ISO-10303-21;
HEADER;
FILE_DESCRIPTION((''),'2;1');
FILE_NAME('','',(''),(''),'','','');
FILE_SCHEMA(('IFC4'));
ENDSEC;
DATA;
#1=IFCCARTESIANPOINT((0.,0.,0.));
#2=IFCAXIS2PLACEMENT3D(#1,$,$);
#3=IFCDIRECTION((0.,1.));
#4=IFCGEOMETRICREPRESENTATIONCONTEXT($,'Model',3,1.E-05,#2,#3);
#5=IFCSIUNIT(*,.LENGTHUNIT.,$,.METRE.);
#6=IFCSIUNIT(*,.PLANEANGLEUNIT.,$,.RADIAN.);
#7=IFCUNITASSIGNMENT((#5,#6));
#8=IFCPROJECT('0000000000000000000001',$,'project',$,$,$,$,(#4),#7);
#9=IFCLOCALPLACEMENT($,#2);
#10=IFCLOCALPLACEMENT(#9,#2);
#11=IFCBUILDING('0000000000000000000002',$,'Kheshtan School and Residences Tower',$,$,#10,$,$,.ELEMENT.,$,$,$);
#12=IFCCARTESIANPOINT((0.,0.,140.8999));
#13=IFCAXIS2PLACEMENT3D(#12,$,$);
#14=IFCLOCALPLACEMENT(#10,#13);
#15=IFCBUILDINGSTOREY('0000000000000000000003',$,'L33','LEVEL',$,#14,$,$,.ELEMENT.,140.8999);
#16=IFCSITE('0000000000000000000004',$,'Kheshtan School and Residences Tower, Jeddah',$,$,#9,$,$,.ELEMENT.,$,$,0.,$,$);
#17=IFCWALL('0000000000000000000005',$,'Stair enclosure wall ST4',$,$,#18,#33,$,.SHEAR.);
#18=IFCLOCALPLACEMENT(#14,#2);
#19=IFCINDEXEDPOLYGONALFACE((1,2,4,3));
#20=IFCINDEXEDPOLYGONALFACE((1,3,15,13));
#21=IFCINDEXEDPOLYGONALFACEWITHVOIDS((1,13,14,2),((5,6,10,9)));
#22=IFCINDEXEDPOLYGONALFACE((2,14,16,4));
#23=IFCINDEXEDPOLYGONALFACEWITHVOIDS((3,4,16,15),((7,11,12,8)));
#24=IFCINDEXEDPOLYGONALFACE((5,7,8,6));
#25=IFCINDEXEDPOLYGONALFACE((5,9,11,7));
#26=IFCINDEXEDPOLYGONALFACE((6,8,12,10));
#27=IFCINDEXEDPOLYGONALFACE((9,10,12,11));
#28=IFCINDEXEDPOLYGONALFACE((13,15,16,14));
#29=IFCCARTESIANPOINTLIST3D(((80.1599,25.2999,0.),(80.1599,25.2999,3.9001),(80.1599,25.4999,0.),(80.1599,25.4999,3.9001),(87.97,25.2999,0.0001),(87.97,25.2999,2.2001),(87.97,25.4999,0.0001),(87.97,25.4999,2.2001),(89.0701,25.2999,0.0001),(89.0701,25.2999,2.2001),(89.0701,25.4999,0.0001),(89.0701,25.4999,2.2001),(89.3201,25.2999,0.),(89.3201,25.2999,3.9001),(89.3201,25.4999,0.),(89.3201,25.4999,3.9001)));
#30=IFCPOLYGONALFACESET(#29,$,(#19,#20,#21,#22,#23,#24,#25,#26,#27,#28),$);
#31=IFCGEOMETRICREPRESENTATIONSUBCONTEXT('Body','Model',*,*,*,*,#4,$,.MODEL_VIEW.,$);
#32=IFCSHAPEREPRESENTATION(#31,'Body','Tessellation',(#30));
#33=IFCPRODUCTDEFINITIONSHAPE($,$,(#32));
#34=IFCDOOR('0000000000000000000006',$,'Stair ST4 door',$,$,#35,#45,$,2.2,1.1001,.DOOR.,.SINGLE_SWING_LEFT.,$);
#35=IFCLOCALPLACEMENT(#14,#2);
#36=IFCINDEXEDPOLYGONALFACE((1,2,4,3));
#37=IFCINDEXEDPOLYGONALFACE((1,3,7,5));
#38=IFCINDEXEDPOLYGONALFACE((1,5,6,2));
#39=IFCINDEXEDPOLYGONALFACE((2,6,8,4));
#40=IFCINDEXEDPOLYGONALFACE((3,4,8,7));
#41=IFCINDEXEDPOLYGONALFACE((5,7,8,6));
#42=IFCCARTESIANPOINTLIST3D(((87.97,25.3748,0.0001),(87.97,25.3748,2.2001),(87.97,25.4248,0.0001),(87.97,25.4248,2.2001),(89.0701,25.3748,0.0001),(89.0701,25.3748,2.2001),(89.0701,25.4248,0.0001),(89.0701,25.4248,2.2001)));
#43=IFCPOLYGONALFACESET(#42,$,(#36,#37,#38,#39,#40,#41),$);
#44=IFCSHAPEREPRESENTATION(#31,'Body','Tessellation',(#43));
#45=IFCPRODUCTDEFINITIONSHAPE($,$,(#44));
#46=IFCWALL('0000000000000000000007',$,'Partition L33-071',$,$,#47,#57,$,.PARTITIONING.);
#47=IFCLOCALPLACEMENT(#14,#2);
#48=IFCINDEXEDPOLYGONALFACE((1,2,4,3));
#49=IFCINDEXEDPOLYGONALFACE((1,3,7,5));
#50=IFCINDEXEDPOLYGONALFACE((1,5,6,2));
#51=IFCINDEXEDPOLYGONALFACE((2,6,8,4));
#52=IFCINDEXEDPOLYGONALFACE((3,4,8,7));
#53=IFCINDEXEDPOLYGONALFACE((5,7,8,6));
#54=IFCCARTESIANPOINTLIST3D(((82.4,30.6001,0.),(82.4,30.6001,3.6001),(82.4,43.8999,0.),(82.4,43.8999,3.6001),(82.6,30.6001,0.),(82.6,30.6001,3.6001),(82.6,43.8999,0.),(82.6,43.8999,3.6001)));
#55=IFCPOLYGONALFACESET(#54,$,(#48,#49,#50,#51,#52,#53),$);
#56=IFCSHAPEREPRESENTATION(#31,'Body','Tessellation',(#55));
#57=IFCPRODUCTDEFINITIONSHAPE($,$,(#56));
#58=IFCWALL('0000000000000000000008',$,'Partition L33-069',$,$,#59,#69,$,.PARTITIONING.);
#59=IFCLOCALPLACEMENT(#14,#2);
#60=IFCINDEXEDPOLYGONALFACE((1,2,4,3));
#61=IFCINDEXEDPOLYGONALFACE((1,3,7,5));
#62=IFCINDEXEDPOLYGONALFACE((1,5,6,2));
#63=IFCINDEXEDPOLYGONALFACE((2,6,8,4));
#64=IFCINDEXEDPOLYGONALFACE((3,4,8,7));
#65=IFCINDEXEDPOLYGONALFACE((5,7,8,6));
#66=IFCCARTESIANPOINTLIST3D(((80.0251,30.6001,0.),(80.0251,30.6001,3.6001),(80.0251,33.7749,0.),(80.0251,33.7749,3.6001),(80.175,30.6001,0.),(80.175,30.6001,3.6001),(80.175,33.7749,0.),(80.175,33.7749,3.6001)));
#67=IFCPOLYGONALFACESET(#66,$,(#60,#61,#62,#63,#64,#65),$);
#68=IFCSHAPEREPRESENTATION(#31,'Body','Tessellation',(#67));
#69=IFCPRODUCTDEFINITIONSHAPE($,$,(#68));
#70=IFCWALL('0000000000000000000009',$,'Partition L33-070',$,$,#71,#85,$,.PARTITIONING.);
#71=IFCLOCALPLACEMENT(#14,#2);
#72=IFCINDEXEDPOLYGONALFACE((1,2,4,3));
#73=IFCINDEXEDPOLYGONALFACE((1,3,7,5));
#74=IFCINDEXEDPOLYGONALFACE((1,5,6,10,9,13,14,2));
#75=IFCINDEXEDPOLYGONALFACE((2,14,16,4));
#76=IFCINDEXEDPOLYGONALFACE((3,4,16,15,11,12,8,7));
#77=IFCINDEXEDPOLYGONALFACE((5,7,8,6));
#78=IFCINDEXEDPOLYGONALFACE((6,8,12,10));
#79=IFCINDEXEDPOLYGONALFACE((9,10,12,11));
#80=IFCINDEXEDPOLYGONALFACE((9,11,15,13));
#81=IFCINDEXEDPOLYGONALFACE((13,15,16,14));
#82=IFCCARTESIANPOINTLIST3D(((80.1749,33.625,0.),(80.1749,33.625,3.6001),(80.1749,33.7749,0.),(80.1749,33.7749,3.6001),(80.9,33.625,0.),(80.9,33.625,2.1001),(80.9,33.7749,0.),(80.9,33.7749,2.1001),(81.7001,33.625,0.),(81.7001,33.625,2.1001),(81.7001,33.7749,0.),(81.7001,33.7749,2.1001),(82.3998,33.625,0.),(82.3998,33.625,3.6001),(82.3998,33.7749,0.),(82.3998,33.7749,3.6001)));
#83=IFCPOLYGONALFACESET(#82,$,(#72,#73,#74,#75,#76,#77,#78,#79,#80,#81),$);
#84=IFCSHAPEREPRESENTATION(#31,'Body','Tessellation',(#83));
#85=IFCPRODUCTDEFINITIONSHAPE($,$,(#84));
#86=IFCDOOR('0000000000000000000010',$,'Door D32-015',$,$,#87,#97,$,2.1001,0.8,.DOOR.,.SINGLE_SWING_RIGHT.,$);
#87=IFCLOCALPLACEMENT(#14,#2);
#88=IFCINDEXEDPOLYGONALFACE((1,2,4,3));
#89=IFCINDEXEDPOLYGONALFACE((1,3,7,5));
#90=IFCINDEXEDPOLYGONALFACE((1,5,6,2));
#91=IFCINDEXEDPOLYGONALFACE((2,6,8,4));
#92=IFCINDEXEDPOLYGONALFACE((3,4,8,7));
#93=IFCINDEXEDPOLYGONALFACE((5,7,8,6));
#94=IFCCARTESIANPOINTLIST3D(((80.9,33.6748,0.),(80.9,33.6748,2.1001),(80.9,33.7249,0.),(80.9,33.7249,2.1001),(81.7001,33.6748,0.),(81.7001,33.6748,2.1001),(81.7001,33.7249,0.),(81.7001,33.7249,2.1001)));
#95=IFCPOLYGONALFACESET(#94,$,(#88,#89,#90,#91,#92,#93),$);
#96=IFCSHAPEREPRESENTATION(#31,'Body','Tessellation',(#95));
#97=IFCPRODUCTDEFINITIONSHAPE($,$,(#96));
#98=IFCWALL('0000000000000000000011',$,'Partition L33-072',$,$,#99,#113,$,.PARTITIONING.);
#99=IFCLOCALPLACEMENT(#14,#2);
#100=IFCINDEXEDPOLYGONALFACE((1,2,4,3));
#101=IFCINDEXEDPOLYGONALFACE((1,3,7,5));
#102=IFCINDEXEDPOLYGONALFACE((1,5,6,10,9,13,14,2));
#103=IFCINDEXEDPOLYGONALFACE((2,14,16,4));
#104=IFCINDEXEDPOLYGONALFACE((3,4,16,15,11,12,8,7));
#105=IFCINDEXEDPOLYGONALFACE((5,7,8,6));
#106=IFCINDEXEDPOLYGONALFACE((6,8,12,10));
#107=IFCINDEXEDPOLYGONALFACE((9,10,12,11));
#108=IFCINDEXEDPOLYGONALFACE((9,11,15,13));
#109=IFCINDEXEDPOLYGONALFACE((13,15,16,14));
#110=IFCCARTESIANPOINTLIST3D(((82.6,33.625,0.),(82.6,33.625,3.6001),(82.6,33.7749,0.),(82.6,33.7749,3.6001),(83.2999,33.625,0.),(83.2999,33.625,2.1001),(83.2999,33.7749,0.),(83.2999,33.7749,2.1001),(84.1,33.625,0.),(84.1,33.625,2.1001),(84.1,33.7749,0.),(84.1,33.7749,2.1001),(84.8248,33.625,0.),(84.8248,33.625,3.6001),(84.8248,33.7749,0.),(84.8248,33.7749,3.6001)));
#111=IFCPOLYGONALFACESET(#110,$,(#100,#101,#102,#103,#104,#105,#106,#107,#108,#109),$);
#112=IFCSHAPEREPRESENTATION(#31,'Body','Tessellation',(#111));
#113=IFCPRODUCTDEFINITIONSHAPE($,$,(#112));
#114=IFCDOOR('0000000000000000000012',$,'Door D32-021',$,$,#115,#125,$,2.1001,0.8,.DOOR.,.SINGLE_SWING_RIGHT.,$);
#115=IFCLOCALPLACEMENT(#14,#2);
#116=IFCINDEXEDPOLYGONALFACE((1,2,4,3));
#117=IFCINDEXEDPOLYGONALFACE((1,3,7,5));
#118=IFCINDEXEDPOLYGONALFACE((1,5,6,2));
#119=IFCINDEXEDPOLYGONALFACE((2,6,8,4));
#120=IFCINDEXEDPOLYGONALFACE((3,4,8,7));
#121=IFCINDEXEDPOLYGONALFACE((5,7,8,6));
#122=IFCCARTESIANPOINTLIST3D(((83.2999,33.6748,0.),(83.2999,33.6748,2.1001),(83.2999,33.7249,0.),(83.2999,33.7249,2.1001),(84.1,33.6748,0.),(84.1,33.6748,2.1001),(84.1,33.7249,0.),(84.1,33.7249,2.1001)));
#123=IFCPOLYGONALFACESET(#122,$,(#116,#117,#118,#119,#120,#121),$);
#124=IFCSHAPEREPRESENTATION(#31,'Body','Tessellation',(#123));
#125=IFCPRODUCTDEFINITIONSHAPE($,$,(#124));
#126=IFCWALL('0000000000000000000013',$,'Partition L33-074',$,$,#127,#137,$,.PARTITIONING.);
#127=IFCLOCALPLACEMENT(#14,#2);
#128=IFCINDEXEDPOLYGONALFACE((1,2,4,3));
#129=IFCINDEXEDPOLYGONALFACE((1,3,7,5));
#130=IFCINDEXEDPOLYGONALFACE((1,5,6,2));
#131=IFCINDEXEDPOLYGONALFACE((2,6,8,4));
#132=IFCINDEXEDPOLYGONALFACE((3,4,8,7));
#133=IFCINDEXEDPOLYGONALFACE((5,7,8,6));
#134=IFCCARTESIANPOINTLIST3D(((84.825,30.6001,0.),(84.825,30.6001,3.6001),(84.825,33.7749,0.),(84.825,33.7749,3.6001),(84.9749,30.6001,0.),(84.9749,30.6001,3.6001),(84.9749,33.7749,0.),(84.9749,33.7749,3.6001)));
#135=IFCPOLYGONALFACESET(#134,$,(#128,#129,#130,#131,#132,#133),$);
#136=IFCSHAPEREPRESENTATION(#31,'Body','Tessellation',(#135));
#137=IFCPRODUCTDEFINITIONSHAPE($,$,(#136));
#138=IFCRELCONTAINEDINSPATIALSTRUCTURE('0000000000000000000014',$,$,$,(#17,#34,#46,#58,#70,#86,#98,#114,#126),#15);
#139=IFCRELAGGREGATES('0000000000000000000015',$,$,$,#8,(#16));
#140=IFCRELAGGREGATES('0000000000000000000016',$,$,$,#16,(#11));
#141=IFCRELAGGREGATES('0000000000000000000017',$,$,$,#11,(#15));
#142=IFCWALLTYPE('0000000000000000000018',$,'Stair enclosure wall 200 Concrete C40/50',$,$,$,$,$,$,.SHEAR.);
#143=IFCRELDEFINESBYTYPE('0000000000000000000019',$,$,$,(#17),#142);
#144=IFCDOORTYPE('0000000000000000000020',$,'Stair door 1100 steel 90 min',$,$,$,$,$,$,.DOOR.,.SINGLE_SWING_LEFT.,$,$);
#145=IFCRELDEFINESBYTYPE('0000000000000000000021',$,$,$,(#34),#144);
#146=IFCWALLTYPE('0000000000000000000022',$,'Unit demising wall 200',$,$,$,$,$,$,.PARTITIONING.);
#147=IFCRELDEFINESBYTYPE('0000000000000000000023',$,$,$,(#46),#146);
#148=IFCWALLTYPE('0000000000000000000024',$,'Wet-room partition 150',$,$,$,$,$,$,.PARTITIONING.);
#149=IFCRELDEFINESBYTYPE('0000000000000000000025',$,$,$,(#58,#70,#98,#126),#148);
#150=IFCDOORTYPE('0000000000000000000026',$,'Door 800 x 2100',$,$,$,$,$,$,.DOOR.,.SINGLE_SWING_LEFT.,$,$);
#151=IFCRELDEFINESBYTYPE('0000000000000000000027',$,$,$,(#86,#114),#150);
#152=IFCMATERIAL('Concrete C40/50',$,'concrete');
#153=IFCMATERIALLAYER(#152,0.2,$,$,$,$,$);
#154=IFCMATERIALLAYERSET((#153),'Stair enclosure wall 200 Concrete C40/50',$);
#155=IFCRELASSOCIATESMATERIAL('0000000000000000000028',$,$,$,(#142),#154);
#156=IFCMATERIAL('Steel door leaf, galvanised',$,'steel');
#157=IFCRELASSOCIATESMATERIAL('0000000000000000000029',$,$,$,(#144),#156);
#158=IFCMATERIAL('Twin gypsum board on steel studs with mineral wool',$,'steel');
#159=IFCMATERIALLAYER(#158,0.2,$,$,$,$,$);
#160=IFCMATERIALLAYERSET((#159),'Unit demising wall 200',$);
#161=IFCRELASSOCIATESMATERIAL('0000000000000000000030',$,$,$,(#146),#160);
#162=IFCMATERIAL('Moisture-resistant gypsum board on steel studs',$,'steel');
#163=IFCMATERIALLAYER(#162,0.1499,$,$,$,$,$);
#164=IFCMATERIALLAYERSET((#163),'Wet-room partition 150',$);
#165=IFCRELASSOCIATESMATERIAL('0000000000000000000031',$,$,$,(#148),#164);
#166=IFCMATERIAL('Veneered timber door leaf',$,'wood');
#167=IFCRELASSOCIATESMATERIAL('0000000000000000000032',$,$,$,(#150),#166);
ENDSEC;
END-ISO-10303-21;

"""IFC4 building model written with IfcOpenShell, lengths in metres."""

from ifc_helpers import new_model, si_unit, direction, frame, frame_2d, origin, place, context, subcontext, project, spatial, rectangle, extrude, source, transform, mapped, material, layer, layer_set, type_object, element, fill, save


model = new_model("IFC4")

# Units and contexts
model_context = context("Model", 3, precision=1e-05, world=origin(), true_north=direction((0.0, 1.0)))
body_context = subcontext(model_context, "Body", "Model", "MODEL_VIEW")
ifc_project = project(units=[si_unit("LENGTHUNIT", "METRE"), si_unit("PLANEANGLEUNIT", "RADIAN")], contexts=[model_context])

# Site, building, storey
site_placement = place(None, origin())
site = spatial("IfcSite", under=ifc_project, at=site_placement, Name="Kheshtan School and Residences Tower, Jeddah", CompositionType="ELEMENT", RefElevation=0.0)
building_placement = place(site_placement, origin())
building = spatial("IfcBuilding", under=site, at=building_placement, Name="Kheshtan School and Residences Tower", CompositionType="ELEMENT")
storey_placement = place(building_placement, frame((0.0, 0.0, 140.8999)))
storey = spatial("IfcBuildingStorey", under=building, at=storey_placement, Name="L33", Description="LEVEL", CompositionType="ELEMENT", Elevation=140.8999)

# Shared definitions
ifc_material_1 = material(Name="Steel door leaf, galvanised", Category="steel")

# Wall, opening, door
ifc_material_2 = material(Name="Concrete C40/50", Category="concrete")
ifc_layer_1 = layer(ifc_material_2, 0.2)
ifc_layer_set_1 = layer_set([ifc_layer_1], Name="Stair enclosure wall 200 Concrete C40/50")
wall_type_1 = type_object("IfcWallType", Name="Stair enclosure wall 200 Concrete C40/50", PredefinedType="SHEAR", material=ifc_layer_set_1)
wall_1_placement = place(storey_placement, frame((80.1599, 25.3999, 0.0), z_axis=(0.0, 0.0, 1.0), x_axis=(1.0, 0.0, 0.0)))
wall_1 = element("IfcWall", 1, at=wall_1_placement, inside=storey, type_object=wall_type_1, Name="Stair enclosure wall ST4", PredefinedType="SHEAR", context=body_context, shape_type="SweptSolid", body=[
    extrude(rectangle(XDim=9.1602, YDim=0.2, at=frame_2d((4.5801, 0.0))), origin(), (0.0, 0.0, 1.0), 3.9001),
])
opening_1_placement = place(wall_1_placement, frame((7.8101, 0.0, 0.0)))
opening_1 = element("IfcOpeningElement", 2, at=opening_1_placement, cuts=wall_1, PredefinedType="OPENING", context=body_context, shape_type="SweptSolid", body=[
    extrude(rectangle(XDim=1.1001, YDim=2.2, at=frame_2d((0.55, 1.1001))), frame((0.0, 0.1099, 0.0), z_axis=(0.0, -1.0, 0.0), x_axis=(1.0, 0.0, 0.0)), (0.0, 0.0, 1.0), 0.22),
])
door_type_1 = type_object("IfcDoorType", Name="Stair door 1100 steel 90 min", OperationType="SINGLE_SWING_LEFT", PredefinedType="DOOR", material=ifc_material_1)
shared_shape_1 = source(origin(), body_context, "Body", "SweptSolid", [
    extrude(rectangle(XDim=1.1001, YDim=2.2, at=frame_2d((0.55, 1.1001))), frame((0.0, 0.0249, 0.0), z_axis=(0.0, -1.0, 0.0), x_axis=(1.0, 0.0, 0.0)), (0.0, 0.0, 1.0), 0.05),
])
door_1_placement = place(opening_1_placement, origin())
door_1 = element("IfcDoor", 3, at=door_1_placement, inside=storey, type_object=door_type_1, Name="Stair ST4 door", OperationType="SINGLE_SWING_LEFT", OverallHeight=2.2, OverallWidth=1.1001, PredefinedType="DOOR", context=body_context, shape_type="MappedRepresentation", body=[
    mapped(shared_shape_1, transform((0.0, 0.0, 0.0), x_axis=(1.0, 0.0, 0.0), y_axis=(0.0, 1.0, 0.0), z_axis=(0.0, 0.0, 1.0), scale=1.0)),
])
fill(opening_1, door_1)

# Walls
ifc_material_3 = material(Name="Twin gypsum board on steel studs with mineral wool", Category="steel")
ifc_layer_2 = layer(ifc_material_3, 0.2)
ifc_layer_set_2 = layer_set([ifc_layer_2], Name="Unit demising wall 200")
wall_type_2 = type_object("IfcWallType", Name="Unit demising wall 200", PredefinedType="PARTITIONING", material=ifc_layer_set_2)
wall_2_placement = place(storey_placement, frame((82.5, 30.6001, 0.0), z_axis=(0.0, 0.0, 1.0), x_axis=(0.0, 1.0, 0.0)))
element("IfcWall", 4, at=wall_2_placement, inside=storey, type_object=wall_type_2, Name="Partition L33-071", PredefinedType="PARTITIONING", context=body_context, shape_type="SweptSolid", body=[
    extrude(rectangle(XDim=13.2998, YDim=0.2, at=frame_2d((6.6499, 0.0))), origin(), (0.0, 0.0, 1.0), 3.6001),
])
ifc_material_4 = material(Name="Moisture-resistant gypsum board on steel studs", Category="steel")
ifc_layer_3 = layer(ifc_material_4, 0.1499)
ifc_layer_set_3 = layer_set([ifc_layer_3], Name="Wet-room partition 150")
wall_type_3 = type_object("IfcWallType", Name="Wet-room partition 150", PredefinedType="PARTITIONING", material=ifc_layer_set_3)
wall_3_placement = place(storey_placement, frame((80.1001, 30.6001, 0.0), z_axis=(0.0, 0.0, 1.0), x_axis=(0.0, 1.0, 0.0)))
element("IfcWall", 5, at=wall_3_placement, inside=storey, type_object=wall_type_3, Name="Partition L33-069", PredefinedType="PARTITIONING", context=body_context, shape_type="SweptSolid", body=[
    extrude(rectangle(XDim=3.1748, YDim=0.1499, at=frame_2d((1.5874, 0.0))), origin(), (0.0, 0.0, 1.0), 3.6001),
])

# Walls, openings, doors
wall_4_placement = place(storey_placement, frame((80.175, 33.7, 0.0), z_axis=(0.0, 0.0, 1.0), x_axis=(1.0, 0.0, 0.0)))
wall_4 = element("IfcWall", 6, at=wall_4_placement, inside=storey, type_object=wall_type_3, Name="Partition L33-070", PredefinedType="PARTITIONING", context=body_context, shape_type="SweptSolid", body=[
    extrude(rectangle(XDim=2.2249, YDim=0.1499, at=frame_2d((1.1123, 0.0))), origin(), (0.0, 0.0, 1.0), 3.6001),
])
opening_2_placement = place(wall_4_placement, frame((0.7251, 0.0, 0.0)))
opening_2 = element("IfcOpeningElement", 7, at=opening_2_placement, cuts=wall_4, PredefinedType="OPENING", context=body_context, shape_type="SweptSolid", body=[
    extrude(rectangle(XDim=0.8, YDim=2.1001, at=frame_2d((0.3999, 1.05))), frame((0.0, 0.085, 0.0), z_axis=(0.0, -1.0, 0.0), x_axis=(1.0, 0.0, 0.0)), (0.0, 0.0, 1.0), 0.1699),
])
ifc_material_5 = material(Name="Veneered timber door leaf", Category="wood")
door_type_2 = type_object("IfcDoorType", Name="Door 800 x 2100", OperationType="SINGLE_SWING_LEFT", PredefinedType="DOOR", material=ifc_material_5)
shared_shape_2 = source(origin(), body_context, "Body", "SweptSolid", [
    extrude(rectangle(XDim=0.8, YDim=2.1001, at=frame_2d((0.3999, 1.05))), frame((0.0, 0.0249, 0.0), z_axis=(0.0, -1.0, 0.0), x_axis=(1.0, 0.0, 0.0)), (0.0, 0.0, 1.0), 0.05),
])
door_2_placement = place(opening_2_placement, origin())
door_2 = element("IfcDoor", 8, at=door_2_placement, inside=storey, type_object=door_type_2, Name="Door D32-015", OperationType="SINGLE_SWING_RIGHT", OverallHeight=2.1001, OverallWidth=0.8, PredefinedType="DOOR", context=body_context, shape_type="MappedRepresentation", body=[
    mapped(shared_shape_2, transform((0.0, 0.0, 0.0), x_axis=(1.0, 0.0, 0.0), y_axis=(0.0, 1.0, 0.0), z_axis=(0.0, 0.0, 1.0), scale=1.0)),
])
fill(opening_2, door_2)
wall_5_placement = place(storey_placement, frame((82.6001, 33.7, 0.0), z_axis=(0.0, 0.0, 1.0), x_axis=(1.0, 0.0, 0.0)))
wall_5 = element("IfcWall", 9, at=wall_5_placement, inside=storey, type_object=wall_type_3, Name="Partition L33-072", PredefinedType="PARTITIONING", context=body_context, shape_type="SweptSolid", body=[
    extrude(rectangle(XDim=2.2249, YDim=0.1499, at=frame_2d((1.1123, 0.0))), origin(), (0.0, 0.0, 1.0), 3.6001),
])
opening_3_placement = place(wall_5_placement, frame((0.7, 0.0, 0.0)))
opening_3 = element("IfcOpeningElement", 10, at=opening_3_placement, cuts=wall_5, PredefinedType="OPENING", context=body_context, shape_type="SweptSolid", body=[
    extrude(rectangle(XDim=0.8, YDim=2.1001, at=frame_2d((0.3999, 1.05))), frame((0.0, 0.085, 0.0), z_axis=(0.0, -1.0, 0.0), x_axis=(1.0, 0.0, 0.0)), (0.0, 0.0, 1.0), 0.1699),
])
door_3_placement = place(opening_3_placement, origin())
door_3 = element("IfcDoor", 11, at=door_3_placement, inside=storey, type_object=door_type_2, Name="Door D32-021", OperationType="SINGLE_SWING_RIGHT", OverallHeight=2.1001, OverallWidth=0.8, PredefinedType="DOOR", context=body_context, shape_type="MappedRepresentation", body=[
    mapped(shared_shape_2, transform((0.0, 0.0, 0.0), x_axis=(1.0, 0.0, 0.0), y_axis=(0.0, 1.0, 0.0), z_axis=(0.0, 0.0, 1.0), scale=1.0)),
])
fill(opening_3, door_3)

# Wall
wall_6_placement = place(storey_placement, frame((84.8999, 30.6001, 0.0), z_axis=(0.0, 0.0, 1.0), x_axis=(0.0, 1.0, 0.0)))
element("IfcWall", 12, at=wall_6_placement, inside=storey, type_object=wall_type_3, Name="Partition L33-074", PredefinedType="PARTITIONING", context=body_context, shape_type="SweptSolid", body=[
    extrude(rectangle(XDim=3.1748, YDim=0.1499, at=frame_2d((1.5874, 0.0))), origin(), (0.0, 0.0, 1.0), 3.6001),
])

save(model, "model.ifc")
